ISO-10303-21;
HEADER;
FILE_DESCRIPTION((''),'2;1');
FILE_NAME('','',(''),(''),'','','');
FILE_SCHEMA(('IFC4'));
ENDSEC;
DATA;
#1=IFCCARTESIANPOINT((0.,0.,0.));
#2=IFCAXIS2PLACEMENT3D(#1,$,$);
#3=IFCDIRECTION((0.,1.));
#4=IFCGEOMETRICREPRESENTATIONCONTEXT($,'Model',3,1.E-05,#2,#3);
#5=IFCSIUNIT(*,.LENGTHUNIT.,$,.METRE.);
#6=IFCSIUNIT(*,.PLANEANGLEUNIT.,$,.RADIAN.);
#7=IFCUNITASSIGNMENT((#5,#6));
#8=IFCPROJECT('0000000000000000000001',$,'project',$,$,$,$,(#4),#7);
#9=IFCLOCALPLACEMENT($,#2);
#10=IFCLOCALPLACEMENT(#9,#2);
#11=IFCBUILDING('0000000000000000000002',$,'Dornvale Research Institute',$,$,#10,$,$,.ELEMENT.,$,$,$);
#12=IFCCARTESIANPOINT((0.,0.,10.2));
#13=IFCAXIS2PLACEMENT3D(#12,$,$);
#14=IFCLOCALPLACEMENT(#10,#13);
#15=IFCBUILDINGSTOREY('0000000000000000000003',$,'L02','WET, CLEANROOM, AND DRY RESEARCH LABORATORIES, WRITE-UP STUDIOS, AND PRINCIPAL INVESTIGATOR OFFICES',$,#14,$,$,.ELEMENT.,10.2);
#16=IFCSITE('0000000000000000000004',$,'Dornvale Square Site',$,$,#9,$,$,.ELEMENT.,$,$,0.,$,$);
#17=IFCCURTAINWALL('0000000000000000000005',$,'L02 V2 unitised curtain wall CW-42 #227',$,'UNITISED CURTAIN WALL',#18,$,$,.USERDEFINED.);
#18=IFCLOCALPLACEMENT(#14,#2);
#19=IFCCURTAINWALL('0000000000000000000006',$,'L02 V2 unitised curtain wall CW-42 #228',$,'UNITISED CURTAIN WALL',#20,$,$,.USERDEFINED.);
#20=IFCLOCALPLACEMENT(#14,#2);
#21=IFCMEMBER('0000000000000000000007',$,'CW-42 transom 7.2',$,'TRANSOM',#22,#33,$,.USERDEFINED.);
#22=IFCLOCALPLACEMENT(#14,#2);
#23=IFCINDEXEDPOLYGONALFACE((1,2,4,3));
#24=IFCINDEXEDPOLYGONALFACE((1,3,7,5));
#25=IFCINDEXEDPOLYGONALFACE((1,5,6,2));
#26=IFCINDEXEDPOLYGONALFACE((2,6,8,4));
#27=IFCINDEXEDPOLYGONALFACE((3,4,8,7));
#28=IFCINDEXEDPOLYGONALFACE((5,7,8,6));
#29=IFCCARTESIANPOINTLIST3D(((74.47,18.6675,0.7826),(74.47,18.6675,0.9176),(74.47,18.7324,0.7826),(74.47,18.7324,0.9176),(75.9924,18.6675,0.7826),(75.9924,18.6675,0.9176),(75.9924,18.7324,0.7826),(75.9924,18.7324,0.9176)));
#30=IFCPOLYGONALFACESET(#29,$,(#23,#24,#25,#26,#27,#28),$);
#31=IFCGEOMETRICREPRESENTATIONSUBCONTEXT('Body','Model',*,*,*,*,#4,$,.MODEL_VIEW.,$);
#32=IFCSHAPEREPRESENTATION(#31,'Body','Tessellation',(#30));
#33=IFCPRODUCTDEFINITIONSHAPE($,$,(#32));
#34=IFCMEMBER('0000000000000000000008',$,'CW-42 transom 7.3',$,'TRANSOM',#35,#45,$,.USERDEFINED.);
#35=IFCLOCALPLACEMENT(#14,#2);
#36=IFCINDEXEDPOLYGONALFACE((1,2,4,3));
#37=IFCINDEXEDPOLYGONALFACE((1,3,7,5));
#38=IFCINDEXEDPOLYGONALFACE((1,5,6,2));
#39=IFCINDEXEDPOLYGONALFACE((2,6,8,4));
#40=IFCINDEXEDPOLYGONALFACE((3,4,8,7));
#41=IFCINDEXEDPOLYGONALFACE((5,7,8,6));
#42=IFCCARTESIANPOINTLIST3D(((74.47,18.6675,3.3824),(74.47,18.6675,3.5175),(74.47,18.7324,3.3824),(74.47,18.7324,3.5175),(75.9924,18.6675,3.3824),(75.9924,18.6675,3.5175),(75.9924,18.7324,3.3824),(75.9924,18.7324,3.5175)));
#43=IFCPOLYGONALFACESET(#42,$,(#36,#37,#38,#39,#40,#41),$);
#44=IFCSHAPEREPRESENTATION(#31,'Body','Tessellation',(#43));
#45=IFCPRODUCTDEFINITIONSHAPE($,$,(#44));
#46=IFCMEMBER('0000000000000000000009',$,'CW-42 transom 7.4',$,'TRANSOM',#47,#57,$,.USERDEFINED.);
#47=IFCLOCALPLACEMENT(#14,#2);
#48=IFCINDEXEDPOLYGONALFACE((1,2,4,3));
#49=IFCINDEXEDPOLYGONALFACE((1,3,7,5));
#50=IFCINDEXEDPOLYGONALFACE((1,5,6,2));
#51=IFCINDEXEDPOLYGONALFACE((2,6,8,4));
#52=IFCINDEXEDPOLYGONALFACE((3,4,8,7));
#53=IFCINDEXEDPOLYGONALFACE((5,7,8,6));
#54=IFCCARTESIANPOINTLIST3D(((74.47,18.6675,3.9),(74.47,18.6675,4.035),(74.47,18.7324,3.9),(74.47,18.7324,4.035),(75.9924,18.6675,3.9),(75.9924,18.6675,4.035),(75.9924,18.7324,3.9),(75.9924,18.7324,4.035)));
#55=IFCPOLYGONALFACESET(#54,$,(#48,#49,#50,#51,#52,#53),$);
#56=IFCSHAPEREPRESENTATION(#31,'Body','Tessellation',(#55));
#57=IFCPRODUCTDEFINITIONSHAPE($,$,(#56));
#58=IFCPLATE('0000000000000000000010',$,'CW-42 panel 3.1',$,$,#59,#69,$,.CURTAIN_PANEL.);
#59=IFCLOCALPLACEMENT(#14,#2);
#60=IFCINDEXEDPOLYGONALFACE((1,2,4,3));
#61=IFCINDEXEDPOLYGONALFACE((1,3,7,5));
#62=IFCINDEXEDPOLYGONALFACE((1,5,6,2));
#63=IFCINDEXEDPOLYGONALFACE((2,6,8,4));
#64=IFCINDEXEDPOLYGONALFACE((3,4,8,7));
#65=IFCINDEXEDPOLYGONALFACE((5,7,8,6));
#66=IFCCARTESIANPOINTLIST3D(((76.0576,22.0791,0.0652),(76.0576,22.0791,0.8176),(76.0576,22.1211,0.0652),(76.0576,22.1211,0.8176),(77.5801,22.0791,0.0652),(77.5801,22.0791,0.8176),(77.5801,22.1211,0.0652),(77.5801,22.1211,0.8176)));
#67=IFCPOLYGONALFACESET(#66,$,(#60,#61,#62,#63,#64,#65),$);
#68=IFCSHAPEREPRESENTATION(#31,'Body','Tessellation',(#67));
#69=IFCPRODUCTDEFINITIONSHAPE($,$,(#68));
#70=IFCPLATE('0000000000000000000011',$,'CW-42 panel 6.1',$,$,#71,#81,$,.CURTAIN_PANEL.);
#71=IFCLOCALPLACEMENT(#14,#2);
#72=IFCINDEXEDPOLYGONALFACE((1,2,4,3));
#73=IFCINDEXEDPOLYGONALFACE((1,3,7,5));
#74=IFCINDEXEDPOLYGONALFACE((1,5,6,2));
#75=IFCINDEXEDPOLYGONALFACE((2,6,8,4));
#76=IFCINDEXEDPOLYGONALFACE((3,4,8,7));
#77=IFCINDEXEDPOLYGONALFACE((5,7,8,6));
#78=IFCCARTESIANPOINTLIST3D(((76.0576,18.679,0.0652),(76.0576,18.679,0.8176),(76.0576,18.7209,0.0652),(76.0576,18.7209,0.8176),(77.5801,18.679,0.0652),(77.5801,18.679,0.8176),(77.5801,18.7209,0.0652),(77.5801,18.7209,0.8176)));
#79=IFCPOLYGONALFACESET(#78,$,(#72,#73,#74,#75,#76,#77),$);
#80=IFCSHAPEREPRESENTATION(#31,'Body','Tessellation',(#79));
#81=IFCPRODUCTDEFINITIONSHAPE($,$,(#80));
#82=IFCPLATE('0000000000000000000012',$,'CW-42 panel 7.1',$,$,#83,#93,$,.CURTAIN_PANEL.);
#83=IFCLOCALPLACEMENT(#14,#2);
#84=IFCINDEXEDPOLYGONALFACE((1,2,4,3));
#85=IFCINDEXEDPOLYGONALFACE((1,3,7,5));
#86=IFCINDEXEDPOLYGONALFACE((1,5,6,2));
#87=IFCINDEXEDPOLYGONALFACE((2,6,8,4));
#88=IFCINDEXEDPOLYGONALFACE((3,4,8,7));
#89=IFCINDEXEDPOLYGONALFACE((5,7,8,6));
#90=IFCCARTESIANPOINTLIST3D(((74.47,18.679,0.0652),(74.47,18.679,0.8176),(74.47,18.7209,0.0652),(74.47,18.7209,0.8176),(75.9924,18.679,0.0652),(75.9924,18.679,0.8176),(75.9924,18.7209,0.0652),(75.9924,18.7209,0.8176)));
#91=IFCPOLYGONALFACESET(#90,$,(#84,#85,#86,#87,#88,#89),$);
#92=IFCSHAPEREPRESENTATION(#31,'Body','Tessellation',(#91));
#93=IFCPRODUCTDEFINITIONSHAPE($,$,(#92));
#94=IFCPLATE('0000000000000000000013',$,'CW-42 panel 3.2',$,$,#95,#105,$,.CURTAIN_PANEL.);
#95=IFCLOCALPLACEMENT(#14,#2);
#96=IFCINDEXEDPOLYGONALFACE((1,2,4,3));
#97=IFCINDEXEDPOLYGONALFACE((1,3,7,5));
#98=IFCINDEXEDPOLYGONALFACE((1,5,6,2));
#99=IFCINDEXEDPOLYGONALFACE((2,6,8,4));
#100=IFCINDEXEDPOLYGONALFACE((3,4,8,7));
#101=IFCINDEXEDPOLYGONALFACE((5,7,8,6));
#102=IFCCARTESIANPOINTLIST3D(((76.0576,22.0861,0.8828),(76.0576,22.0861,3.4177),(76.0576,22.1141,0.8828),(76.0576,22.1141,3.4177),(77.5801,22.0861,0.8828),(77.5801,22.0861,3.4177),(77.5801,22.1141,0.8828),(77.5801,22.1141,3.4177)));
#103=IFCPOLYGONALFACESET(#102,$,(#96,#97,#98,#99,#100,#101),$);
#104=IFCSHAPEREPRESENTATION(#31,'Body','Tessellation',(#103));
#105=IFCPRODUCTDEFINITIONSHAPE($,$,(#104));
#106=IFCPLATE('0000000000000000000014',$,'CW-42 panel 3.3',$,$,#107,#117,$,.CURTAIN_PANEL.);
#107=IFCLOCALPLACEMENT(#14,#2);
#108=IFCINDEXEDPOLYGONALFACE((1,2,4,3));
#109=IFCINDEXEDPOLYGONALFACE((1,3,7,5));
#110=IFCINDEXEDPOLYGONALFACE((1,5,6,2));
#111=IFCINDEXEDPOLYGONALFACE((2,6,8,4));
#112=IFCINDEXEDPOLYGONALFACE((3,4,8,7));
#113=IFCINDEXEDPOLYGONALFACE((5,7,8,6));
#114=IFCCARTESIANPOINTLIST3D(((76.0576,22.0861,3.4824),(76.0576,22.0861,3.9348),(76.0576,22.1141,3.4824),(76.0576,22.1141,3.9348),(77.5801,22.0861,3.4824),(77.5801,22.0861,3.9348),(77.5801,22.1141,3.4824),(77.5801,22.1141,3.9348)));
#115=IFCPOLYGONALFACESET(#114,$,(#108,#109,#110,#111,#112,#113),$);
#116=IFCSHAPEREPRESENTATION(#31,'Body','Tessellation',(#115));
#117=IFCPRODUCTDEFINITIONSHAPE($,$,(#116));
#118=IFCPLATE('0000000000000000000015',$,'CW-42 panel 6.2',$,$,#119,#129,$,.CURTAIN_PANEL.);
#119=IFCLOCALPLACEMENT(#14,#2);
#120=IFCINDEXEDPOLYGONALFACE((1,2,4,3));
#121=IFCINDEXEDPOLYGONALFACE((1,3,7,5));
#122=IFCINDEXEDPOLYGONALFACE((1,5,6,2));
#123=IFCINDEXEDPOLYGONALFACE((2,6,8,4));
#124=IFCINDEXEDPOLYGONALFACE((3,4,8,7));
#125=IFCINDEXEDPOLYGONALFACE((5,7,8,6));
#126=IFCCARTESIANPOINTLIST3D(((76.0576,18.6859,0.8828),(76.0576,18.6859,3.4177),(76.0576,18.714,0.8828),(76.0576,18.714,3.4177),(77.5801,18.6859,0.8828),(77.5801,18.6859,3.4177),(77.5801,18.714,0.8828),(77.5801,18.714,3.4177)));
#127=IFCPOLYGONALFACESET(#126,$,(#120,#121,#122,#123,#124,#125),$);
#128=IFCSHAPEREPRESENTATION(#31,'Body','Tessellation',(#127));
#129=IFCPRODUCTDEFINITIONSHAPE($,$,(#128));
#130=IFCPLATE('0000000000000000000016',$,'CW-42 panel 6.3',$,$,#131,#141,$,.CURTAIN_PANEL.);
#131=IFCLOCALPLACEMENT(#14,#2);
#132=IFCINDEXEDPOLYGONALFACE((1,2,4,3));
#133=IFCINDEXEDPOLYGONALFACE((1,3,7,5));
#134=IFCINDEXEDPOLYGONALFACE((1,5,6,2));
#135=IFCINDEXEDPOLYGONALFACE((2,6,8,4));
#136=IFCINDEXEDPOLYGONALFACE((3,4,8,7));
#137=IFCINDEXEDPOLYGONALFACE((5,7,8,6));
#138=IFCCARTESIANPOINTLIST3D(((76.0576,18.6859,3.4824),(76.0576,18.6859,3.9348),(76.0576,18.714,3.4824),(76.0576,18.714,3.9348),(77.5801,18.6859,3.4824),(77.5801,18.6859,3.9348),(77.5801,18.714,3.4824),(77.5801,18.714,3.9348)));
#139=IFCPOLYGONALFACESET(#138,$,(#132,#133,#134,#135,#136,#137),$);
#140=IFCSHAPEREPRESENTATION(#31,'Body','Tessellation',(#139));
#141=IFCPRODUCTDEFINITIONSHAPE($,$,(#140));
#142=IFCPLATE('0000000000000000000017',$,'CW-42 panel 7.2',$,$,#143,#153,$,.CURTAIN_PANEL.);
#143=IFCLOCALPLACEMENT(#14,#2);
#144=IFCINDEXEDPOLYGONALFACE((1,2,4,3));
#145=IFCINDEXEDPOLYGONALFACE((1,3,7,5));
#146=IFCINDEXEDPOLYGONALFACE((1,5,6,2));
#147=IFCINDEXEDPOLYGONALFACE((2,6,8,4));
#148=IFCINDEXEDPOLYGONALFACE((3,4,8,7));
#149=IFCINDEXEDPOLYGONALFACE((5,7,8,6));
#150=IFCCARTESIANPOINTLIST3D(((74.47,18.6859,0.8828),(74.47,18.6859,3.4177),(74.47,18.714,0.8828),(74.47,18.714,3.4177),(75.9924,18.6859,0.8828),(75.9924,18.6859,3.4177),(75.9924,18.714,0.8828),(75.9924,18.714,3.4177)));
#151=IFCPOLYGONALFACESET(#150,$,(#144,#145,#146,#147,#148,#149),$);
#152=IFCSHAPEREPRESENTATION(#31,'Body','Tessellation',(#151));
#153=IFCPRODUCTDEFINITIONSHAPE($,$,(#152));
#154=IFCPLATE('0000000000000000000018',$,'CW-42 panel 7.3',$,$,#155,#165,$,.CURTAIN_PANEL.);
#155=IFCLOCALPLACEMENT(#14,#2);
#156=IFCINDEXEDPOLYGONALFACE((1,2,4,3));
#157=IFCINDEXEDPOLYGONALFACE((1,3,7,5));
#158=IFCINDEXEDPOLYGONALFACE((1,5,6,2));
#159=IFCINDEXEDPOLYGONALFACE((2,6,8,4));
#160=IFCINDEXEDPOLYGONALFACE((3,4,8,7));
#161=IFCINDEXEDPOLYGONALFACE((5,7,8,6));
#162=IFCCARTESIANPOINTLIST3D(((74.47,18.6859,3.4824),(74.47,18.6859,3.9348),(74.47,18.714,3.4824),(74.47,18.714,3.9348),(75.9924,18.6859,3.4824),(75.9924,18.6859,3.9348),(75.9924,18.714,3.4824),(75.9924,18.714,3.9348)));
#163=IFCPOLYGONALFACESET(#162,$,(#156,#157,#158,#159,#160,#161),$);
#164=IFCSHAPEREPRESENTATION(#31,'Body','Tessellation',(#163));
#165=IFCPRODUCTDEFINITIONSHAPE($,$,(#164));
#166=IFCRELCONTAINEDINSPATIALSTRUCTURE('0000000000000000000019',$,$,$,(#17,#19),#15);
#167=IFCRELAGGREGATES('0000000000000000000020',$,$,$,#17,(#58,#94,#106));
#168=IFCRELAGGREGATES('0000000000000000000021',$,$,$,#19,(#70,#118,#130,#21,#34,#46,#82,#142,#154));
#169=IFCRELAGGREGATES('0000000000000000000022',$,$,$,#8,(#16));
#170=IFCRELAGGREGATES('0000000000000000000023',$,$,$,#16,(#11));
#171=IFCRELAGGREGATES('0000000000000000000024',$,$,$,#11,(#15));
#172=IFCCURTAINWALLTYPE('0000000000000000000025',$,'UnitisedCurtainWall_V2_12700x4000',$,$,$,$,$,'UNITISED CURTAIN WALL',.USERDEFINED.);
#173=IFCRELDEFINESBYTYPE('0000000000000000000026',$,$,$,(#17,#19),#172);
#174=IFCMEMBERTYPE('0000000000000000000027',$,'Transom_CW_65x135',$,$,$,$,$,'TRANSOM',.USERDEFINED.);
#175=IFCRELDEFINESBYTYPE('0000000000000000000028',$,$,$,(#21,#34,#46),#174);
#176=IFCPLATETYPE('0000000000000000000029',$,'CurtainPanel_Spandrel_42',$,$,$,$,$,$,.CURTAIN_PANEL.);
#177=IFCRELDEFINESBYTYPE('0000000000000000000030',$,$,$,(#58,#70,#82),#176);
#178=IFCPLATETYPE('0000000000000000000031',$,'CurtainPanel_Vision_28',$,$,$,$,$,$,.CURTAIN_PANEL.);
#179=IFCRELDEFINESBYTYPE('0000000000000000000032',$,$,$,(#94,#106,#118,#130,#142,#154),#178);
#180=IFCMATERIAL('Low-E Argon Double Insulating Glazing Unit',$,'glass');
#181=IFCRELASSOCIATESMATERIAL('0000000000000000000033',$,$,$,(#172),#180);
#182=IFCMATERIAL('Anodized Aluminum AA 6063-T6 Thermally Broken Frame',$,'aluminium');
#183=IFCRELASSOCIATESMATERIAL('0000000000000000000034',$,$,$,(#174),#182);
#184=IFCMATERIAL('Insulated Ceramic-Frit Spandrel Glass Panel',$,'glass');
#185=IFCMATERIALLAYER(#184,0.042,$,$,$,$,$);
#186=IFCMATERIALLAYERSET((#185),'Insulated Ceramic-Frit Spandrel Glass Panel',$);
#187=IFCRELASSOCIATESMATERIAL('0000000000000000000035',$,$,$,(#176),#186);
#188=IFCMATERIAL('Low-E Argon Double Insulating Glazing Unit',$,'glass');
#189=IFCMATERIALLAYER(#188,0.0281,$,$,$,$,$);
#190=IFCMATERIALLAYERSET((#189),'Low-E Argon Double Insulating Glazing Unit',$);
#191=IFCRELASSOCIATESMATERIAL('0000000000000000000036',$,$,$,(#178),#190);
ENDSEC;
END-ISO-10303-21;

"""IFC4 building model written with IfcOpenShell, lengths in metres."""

from ifc_helpers import new_model, si_unit, direction, frame, origin, origin_2d, place, context, subcontext, project, spatial, rectangle, extrude, material, layer, layer_set, material_profile, profile_set, type_object, element, aggregate, save


model = new_model("IFC4")

# Units and contexts
model_context = context("Model", 3, precision=1e-05, world=origin(), true_north=direction((0.0, 1.0)))
body_context = subcontext(model_context, "Body", "Model", "MODEL_VIEW")
ifc_project = project(units=[si_unit("LENGTHUNIT", "METRE"), si_unit("PLANEANGLEUNIT", "RADIAN")], contexts=[model_context])

# Site, building, storey
site_placement = place(None, origin())
site = spatial("IfcSite", under=ifc_project, at=site_placement, Name="Dornvale Square Site", CompositionType="ELEMENT", RefElevation=0.0)
building_placement = place(site_placement, origin())
building = spatial("IfcBuilding", under=site, at=building_placement, Name="Dornvale Research Institute", CompositionType="ELEMENT")
storey_placement = place(building_placement, frame((0.0, 0.0, 10.2)))
storey = spatial("IfcBuildingStorey", under=building, at=storey_placement, Name="L02", Description="WET, CLEANROOM, AND DRY RESEARCH LABORATORIES, WRITE-UP STUDIOS, AND PRINCIPAL INVESTIGATOR OFFICES", CompositionType="ELEMENT", Elevation=10.2)

# Curtain walls
ifc_material_1 = material(Name="Low-E Argon Double Insulating Glazing Unit", Category="glass")
curtain_wall_type = type_object("IfcCurtainWallType", Name="UnitisedCurtainWall_V2_12700x4000", ElementType="UNITISED CURTAIN WALL", PredefinedType="USERDEFINED", material=ifc_material_1)
curtain_wall_1_placement = place(storey_placement, origin())
curtain_wall_1 = element("IfcCurtainWall", 1, at=curtain_wall_1_placement, inside=storey, type_object=curtain_wall_type, Name="L02 V2 unitised curtain wall CW-42 #227", ObjectType="UNITISED CURTAIN WALL", PredefinedType="USERDEFINED")
curtain_wall_2_placement = place(storey_placement, origin())
curtain_wall_2 = element("IfcCurtainWall", 2, at=curtain_wall_2_placement, inside=storey, type_object=curtain_wall_type, Name="L02 V2 unitised curtain wall CW-42 #228", ObjectType="UNITISED CURTAIN WALL", PredefinedType="USERDEFINED")

# Members
ifc_material_2 = material(Name="Anodized Aluminum AA 6063-T6 Thermally Broken Frame", Category="aluminium")
ifc_material_profile_1 = material_profile(ifc_material_2, rectangle(XDim=0.0649, YDim=0.135, at=origin_2d()), Name="ALU TRANSOM 65x135")
ifc_profile_set_1 = profile_set([ifc_material_profile_1], Name="Anodized Aluminum AA 6063-T6 Thermally Broken Frame")
member_type_1 = type_object("IfcMemberType", Name="Transom_CW_65x135", ElementType="TRANSOM", PredefinedType="USERDEFINED", material=ifc_profile_set_1)
member_1_placement = place(storey_placement, frame((75.9924, 18.7, 0.8501), z_axis=(-1.0, 0.0, 0.0), x_axis=(0.0, -1.0, 0.0)))
member_1 = element("IfcMember", 3, at=member_1_placement, type_object=member_type_1, Name="CW-42 transom 7.2", ObjectType="TRANSOM", PredefinedType="USERDEFINED", context=body_context, shape_type="SweptSolid", body=[
    extrude(rectangle(XDim=0.0649, YDim=0.135, at=origin_2d()), origin(), (0.0, 0.0, 1.0), 1.5225),
])
member_2_placement = place(storey_placement, frame((75.9924, 18.7, 3.45), z_axis=(-1.0, 0.0, 0.0), x_axis=(0.0, -1.0, 0.0)))
member_2 = element("IfcMember", 4, at=member_2_placement, type_object=member_type_1, Name="CW-42 transom 7.3", ObjectType="TRANSOM", PredefinedType="USERDEFINED", context=body_context, shape_type="SweptSolid", body=[
    extrude(rectangle(XDim=0.0649, YDim=0.135, at=origin_2d()), origin(), (0.0, 0.0, 1.0), 1.5225),
])
member_3_placement = place(storey_placement, frame((75.9924, 18.7, 3.9675), z_axis=(-1.0, 0.0, 0.0), x_axis=(0.0, -1.0, 0.0)))
member_3 = element("IfcMember", 5, at=member_3_placement, type_object=member_type_1, Name="CW-42 transom 7.4", ObjectType="TRANSOM", PredefinedType="USERDEFINED", context=body_context, shape_type="SweptSolid", body=[
    extrude(rectangle(XDim=0.0649, YDim=0.135, at=origin_2d()), origin(), (0.0, 0.0, 1.0), 1.5225),
])

# Plates
ifc_material_3 = material(Name="Insulated Ceramic-Frit Spandrel Glass Panel", Category="glass")
ifc_layer_1 = layer(ifc_material_3, 0.042)
ifc_layer_set_1 = layer_set([ifc_layer_1], Name="Insulated Ceramic-Frit Spandrel Glass Panel")
plate_type_1 = type_object("IfcPlateType", Name="CurtainPanel_Spandrel_42", PredefinedType="CURTAIN_PANEL", material=ifc_layer_set_1)
plate_1_placement = place(storey_placement, frame((76.8188, 22.1001, 0.0652), z_axis=(0.0, 0.0, 1.0), x_axis=(1.0, 0.0, 0.0)))
plate_1 = element("IfcPlate", 6, at=plate_1_placement, type_object=plate_type_1, Name="CW-42 panel 3.1", PredefinedType="CURTAIN_PANEL", context=body_context, shape_type="SweptSolid", body=[
    extrude(rectangle(XDim=1.5225, YDim=0.042, at=origin_2d()), origin(), (0.0, 0.0, 1.0), 0.7524),
])
plate_2_placement = place(storey_placement, frame((76.8188, 18.7, 0.0652), z_axis=(0.0, 0.0, 1.0), x_axis=(-1.0, 0.0, 0.0)))
plate_2 = element("IfcPlate", 7, at=plate_2_placement, type_object=plate_type_1, Name="CW-42 panel 6.1", PredefinedType="CURTAIN_PANEL", context=body_context, shape_type="SweptSolid", body=[
    extrude(rectangle(XDim=1.5225, YDim=0.042, at=origin_2d()), origin(), (0.0, 0.0, 1.0), 0.7524),
])
plate_3_placement = place(storey_placement, frame((75.2312, 18.7, 0.0652), z_axis=(0.0, 0.0, 1.0), x_axis=(-1.0, 0.0, 0.0)))
plate_3 = element("IfcPlate", 8, at=plate_3_placement, type_object=plate_type_1, Name="CW-42 panel 7.1", PredefinedType="CURTAIN_PANEL", context=body_context, shape_type="SweptSolid", body=[
    extrude(rectangle(XDim=1.5225, YDim=0.042, at=origin_2d()), origin(), (0.0, 0.0, 1.0), 0.7524),
])
ifc_material_4 = material(Name="Low-E Argon Double Insulating Glazing Unit", Category="glass")
ifc_layer_2 = layer(ifc_material_4, 0.0281)
ifc_layer_set_2 = layer_set([ifc_layer_2], Name="Low-E Argon Double Insulating Glazing Unit")
plate_type_2 = type_object("IfcPlateType", Name="CurtainPanel_Vision_28", PredefinedType="CURTAIN_PANEL", material=ifc_layer_set_2)
plate_4_placement = place(storey_placement, frame((76.8188, 22.1001, 0.8828), z_axis=(0.0, 0.0, 1.0), x_axis=(1.0, 0.0, 0.0)))
plate_4 = element("IfcPlate", 9, at=plate_4_placement, type_object=plate_type_2, Name="CW-42 panel 3.2", PredefinedType="CURTAIN_PANEL", context=body_context, shape_type="SweptSolid", body=[
    extrude(rectangle(XDim=1.5225, YDim=0.0281, at=origin_2d()), origin(), (0.0, 0.0, 1.0), 2.5349),
])
plate_5_placement = place(storey_placement, frame((76.8188, 22.1001, 3.4824), z_axis=(0.0, 0.0, 1.0), x_axis=(1.0, 0.0, 0.0)))
plate_5 = element("IfcPlate", 10, at=plate_5_placement, type_object=plate_type_2, Name="CW-42 panel 3.3", PredefinedType="CURTAIN_PANEL", context=body_context, shape_type="SweptSolid", body=[
    extrude(rectangle(XDim=1.5225, YDim=0.0281, at=origin_2d()), origin(), (0.0, 0.0, 1.0), 0.4524),
])
aggregate(curtain_wall_1, [plate_1, plate_4, plate_5])
plate_6_placement = place(storey_placement, frame((76.8188, 18.7, 0.8828), z_axis=(0.0, 0.0, 1.0), x_axis=(-1.0, 0.0, 0.0)))
plate_6 = element("IfcPlate", 11, at=plate_6_placement, type_object=plate_type_2, Name="CW-42 panel 6.2", PredefinedType="CURTAIN_PANEL", context=body_context, shape_type="SweptSolid", body=[
    extrude(rectangle(XDim=1.5225, YDim=0.0281, at=origin_2d()), origin(), (0.0, 0.0, 1.0), 2.5349),
])
plate_7_placement = place(storey_placement, frame((76.8188, 18.7, 3.4824), z_axis=(0.0, 0.0, 1.0), x_axis=(-1.0, 0.0, 0.0)))
plate_7 = element("IfcPlate", 12, at=plate_7_placement, type_object=plate_type_2, Name="CW-42 panel 6.3", PredefinedType="CURTAIN_PANEL", context=body_context, shape_type="SweptSolid", body=[
    extrude(rectangle(XDim=1.5225, YDim=0.0281, at=origin_2d()), origin(), (0.0, 0.0, 1.0), 0.4524),
])
plate_8_placement = place(storey_placement, frame((75.2312, 18.7, 0.8828), z_axis=(0.0, 0.0, 1.0), x_axis=(-1.0, 0.0, 0.0)))
plate_8 = element("IfcPlate", 13, at=plate_8_placement, type_object=plate_type_2, Name="CW-42 panel 7.2", PredefinedType="CURTAIN_PANEL", context=body_context, shape_type="SweptSolid", body=[
    extrude(rectangle(XDim=1.5225, YDim=0.0281, at=origin_2d()), origin(), (0.0, 0.0, 1.0), 2.5349),
])
plate_9_placement = place(storey_placement, frame((75.2312, 18.7, 3.4824), z_axis=(0.0, 0.0, 1.0), x_axis=(-1.0, 0.0, 0.0)))
plate_9 = element("IfcPlate", 14, at=plate_9_placement, type_object=plate_type_2, Name="CW-42 panel 7.3", PredefinedType="CURTAIN_PANEL", context=body_context, shape_type="SweptSolid", body=[
    extrude(rectangle(XDim=1.5225, YDim=0.0281, at=origin_2d()), origin(), (0.0, 0.0, 1.0), 0.4524),
])
aggregate(curtain_wall_2, [plate_2, plate_6, plate_7, member_1, member_2, member_3, plate_3, plate_8, plate_9])

save(model, "model.ifc")
